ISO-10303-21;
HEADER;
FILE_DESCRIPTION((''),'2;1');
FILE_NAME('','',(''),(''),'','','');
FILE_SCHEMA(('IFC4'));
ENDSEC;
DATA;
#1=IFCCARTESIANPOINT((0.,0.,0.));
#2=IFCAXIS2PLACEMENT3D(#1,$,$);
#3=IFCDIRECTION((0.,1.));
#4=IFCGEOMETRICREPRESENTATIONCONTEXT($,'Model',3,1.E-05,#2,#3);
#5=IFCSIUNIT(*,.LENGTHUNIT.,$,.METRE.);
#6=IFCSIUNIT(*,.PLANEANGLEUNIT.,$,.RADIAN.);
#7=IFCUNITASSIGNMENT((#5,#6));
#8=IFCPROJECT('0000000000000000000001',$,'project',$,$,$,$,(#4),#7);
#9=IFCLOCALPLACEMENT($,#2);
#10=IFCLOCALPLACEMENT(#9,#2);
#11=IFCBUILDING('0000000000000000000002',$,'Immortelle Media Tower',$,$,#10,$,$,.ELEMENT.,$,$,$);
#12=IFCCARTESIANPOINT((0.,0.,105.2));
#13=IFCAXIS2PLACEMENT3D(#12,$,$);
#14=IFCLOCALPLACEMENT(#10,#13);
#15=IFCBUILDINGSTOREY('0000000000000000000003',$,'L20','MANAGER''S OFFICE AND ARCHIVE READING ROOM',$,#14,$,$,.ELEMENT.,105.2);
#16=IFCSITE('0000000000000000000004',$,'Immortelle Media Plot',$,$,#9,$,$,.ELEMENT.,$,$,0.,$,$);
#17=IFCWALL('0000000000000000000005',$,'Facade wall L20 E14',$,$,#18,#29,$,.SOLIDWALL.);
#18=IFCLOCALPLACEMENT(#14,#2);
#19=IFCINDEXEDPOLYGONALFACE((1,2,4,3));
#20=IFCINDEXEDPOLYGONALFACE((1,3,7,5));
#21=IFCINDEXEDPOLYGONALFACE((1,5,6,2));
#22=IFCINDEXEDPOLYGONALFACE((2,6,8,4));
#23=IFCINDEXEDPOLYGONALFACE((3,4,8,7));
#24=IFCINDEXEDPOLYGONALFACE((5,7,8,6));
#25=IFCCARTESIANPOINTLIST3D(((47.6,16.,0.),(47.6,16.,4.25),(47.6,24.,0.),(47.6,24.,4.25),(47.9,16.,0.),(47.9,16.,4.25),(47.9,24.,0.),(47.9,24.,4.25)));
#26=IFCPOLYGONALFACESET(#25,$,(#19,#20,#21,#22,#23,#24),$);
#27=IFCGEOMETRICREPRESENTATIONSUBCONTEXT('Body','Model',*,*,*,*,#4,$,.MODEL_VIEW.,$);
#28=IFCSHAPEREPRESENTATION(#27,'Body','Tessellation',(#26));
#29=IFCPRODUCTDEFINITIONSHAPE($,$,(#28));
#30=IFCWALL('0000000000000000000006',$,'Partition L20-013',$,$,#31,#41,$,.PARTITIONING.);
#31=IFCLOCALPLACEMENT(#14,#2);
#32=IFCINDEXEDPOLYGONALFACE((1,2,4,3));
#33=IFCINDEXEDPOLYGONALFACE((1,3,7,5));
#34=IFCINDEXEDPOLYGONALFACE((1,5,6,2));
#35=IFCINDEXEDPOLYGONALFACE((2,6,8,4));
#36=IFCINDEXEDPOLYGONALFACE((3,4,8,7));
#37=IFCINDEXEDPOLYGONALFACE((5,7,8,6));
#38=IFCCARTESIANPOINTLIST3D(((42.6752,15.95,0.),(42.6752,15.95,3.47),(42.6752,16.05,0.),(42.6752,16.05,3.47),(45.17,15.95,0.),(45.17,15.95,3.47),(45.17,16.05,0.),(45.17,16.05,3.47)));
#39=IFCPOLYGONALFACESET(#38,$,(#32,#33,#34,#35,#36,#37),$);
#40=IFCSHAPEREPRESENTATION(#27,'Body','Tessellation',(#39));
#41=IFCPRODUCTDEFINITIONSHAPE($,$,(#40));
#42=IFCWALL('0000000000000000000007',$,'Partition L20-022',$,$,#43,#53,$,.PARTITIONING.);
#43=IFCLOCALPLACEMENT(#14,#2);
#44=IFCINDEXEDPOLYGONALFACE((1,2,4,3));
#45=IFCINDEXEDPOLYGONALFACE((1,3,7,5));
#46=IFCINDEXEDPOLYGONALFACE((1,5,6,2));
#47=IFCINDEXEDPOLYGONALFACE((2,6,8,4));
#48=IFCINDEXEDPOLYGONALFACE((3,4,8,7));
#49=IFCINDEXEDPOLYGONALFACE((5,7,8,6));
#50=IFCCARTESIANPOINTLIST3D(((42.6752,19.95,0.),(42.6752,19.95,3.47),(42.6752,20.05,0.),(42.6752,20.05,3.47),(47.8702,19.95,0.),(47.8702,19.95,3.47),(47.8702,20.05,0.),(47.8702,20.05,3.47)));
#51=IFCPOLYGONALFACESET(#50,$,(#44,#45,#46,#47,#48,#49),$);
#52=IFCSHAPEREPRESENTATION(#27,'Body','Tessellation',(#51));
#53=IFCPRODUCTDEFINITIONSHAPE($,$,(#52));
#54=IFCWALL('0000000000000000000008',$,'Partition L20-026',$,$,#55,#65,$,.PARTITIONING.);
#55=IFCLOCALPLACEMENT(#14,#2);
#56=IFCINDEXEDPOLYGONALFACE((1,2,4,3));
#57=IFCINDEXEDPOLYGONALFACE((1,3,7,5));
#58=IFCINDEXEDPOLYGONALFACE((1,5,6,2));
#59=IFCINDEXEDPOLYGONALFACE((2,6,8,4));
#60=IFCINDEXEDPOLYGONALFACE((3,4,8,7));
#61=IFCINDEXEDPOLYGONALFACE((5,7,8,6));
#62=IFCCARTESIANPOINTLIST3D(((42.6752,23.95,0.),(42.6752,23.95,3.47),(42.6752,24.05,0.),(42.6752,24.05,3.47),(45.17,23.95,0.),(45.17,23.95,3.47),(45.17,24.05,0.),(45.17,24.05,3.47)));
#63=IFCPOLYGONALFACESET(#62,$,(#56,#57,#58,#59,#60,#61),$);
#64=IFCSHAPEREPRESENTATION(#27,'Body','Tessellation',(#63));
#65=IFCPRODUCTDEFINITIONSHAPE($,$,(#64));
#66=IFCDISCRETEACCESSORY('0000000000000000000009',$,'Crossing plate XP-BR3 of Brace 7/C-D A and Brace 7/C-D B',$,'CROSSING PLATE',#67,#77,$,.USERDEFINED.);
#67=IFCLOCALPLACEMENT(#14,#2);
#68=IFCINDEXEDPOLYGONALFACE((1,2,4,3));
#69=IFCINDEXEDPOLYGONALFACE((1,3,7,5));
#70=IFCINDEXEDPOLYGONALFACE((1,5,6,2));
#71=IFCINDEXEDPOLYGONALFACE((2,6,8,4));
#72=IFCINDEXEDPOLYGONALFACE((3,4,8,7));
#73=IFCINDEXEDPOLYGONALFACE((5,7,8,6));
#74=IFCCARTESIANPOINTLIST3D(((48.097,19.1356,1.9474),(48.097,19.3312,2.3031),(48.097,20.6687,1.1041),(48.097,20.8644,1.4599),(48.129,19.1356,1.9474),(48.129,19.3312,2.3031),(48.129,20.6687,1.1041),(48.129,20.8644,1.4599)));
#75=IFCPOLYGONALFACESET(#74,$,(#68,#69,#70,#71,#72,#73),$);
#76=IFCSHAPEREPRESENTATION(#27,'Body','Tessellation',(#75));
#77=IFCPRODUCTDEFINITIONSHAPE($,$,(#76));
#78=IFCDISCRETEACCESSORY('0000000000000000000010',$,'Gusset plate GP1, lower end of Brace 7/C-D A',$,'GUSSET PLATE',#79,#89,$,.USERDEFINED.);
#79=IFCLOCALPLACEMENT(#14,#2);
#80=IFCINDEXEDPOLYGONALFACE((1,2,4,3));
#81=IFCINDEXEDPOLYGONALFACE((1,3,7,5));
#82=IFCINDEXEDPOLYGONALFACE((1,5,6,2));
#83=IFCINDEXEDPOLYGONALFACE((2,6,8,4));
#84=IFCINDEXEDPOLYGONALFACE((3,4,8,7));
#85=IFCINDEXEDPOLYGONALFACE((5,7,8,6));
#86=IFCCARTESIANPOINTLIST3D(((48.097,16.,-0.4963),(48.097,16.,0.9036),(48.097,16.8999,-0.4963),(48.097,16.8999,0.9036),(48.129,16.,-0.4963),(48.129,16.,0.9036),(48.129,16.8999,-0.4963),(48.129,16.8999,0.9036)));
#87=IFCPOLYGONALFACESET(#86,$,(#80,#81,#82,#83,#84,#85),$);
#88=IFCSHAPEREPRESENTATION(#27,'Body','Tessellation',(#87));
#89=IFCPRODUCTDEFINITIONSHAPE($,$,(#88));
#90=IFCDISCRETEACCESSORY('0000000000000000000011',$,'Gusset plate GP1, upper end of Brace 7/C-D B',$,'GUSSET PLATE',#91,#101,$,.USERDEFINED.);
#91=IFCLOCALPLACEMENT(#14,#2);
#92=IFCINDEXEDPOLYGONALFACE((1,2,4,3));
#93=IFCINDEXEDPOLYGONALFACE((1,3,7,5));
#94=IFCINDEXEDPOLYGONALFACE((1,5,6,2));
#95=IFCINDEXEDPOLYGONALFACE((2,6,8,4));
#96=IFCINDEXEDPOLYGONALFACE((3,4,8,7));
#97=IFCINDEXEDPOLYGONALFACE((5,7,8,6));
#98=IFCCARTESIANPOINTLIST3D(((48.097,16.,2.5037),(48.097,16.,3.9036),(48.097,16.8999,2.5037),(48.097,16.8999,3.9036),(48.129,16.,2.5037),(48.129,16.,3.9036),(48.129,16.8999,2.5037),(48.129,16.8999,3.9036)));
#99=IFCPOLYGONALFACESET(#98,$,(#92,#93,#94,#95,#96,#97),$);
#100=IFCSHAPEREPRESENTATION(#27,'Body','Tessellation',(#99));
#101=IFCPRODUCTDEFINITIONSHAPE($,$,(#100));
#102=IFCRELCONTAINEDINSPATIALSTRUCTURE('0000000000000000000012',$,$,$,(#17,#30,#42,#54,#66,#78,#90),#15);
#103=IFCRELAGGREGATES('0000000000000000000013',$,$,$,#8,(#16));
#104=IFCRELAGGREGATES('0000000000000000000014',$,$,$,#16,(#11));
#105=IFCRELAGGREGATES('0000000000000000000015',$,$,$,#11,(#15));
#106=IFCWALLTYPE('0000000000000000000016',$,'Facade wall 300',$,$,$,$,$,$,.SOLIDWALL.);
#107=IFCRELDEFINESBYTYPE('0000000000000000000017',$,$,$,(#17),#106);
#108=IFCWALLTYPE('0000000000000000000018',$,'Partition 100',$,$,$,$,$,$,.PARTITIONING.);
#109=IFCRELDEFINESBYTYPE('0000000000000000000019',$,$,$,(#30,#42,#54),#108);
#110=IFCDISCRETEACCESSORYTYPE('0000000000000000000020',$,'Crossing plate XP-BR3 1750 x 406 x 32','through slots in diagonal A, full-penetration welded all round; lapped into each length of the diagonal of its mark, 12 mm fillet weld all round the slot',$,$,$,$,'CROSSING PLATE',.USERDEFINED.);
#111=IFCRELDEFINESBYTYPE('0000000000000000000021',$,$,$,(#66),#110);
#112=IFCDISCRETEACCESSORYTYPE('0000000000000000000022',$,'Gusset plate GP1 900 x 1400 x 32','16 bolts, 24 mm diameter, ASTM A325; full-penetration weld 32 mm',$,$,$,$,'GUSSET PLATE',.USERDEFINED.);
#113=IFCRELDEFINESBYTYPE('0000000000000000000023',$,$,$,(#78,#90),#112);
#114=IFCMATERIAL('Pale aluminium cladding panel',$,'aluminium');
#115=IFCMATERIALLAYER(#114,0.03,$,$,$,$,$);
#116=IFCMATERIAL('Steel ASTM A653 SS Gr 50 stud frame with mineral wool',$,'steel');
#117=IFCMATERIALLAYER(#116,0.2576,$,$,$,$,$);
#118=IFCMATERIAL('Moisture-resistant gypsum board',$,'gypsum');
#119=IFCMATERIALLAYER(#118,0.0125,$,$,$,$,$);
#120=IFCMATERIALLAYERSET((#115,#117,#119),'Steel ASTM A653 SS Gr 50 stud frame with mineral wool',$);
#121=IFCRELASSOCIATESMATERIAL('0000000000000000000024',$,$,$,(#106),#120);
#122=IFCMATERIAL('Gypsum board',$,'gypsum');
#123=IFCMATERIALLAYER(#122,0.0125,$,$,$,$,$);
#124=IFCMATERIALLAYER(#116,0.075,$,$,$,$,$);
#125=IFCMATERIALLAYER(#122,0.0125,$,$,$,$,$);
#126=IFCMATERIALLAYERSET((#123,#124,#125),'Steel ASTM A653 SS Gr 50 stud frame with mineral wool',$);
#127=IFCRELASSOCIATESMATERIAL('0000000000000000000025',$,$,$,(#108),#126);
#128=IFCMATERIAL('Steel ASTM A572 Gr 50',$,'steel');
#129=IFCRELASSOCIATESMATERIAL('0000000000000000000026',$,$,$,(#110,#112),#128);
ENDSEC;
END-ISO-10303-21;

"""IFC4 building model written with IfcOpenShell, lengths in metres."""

from ifc_helpers import new_model, si_unit, direction, frame, frame_2d, origin, origin_2d, place, context, subcontext, project, spatial, rectangle, extrude, material, layer, layer_set, material_profile, profile_set, type_object, element, save


model = new_model("IFC4")

# Units and contexts
model_context = context("Model", 3, precision=1e-05, world=origin(), true_north=direction((0.0, 1.0)))
body_context = subcontext(model_context, "Body", "Model", "MODEL_VIEW")
ifc_project = project(units=[si_unit("LENGTHUNIT", "METRE"), si_unit("PLANEANGLEUNIT", "RADIAN")], contexts=[model_context])

# Site, building, storey
site_placement = place(None, origin())
site = spatial("IfcSite", under=ifc_project, at=site_placement, Name="Immortelle Media Plot", CompositionType="ELEMENT", RefElevation=0.0)
building_placement = place(site_placement, origin())
building = spatial("IfcBuilding", under=site, at=building_placement, Name="Immortelle Media Tower", CompositionType="ELEMENT")
storey_placement = place(building_placement, frame((0.0, 0.0, 105.2)))
storey = spatial("IfcBuildingStorey", under=building, at=storey_placement, Name="L20", Description="MANAGER'S OFFICE AND ARCHIVE READING ROOM", CompositionType="ELEMENT", Elevation=105.2)

# Shared definitions
ifc_material_1 = material(Name="Steel ASTM A653 SS Gr 50 stud frame with mineral wool", Category="steel")

# Walls
ifc_material_2 = material(Name="Pale aluminium cladding panel", Category="aluminium")
ifc_layer_1 = layer(ifc_material_2, 0.03)
ifc_layer_2 = layer(ifc_material_1, 0.2576)
ifc_material_3 = material(Name="Moisture-resistant gypsum board", Category="gypsum")
ifc_layer_3 = layer(ifc_material_3, 0.0125)
ifc_layer_set_1 = layer_set([ifc_layer_1, ifc_layer_2, ifc_layer_3], Name="Steel ASTM A653 SS Gr 50 stud frame with mineral wool")
wall_type_1 = type_object("IfcWallType", Name="Facade wall 300", PredefinedType="SOLIDWALL", material=ifc_layer_set_1)
wall_1_placement = place(storey_placement, frame((47.75, 16.0, 0.0), z_axis=(0.0, 0.0, 1.0), x_axis=(0.0, 1.0, 0.0)))
element("IfcWall", 1, at=wall_1_placement, inside=storey, type_object=wall_type_1, Name="Facade wall L20 E14", PredefinedType="SOLIDWALL", context=body_context, shape_type="SweptSolid", body=[
    extrude(rectangle(XDim=8.0, YDim=0.3, at=frame_2d((4.0, 0.0))), origin(), (0.0, 0.0, 1.0), 4.25),
])
ifc_material_4 = material(Name="Gypsum board", Category="gypsum")
ifc_layer_4 = layer(ifc_material_4, 0.0125)
ifc_layer_5 = layer(ifc_material_1, 0.075)
ifc_layer_6 = layer(ifc_material_4, 0.0125)
ifc_layer_set_2 = layer_set([ifc_layer_4, ifc_layer_5, ifc_layer_6], Name="Steel ASTM A653 SS Gr 50 stud frame with mineral wool")
wall_type_2 = type_object("IfcWallType", Name="Partition 100", PredefinedType="PARTITIONING", material=ifc_layer_set_2)
wall_2_placement = place(storey_placement, frame((42.675, 16.0, 0.0), z_axis=(0.0, 0.0, 1.0), x_axis=(1.0, 0.0, 0.0)))
element("IfcWall", 2, at=wall_2_placement, inside=storey, type_object=wall_type_2, Name="Partition L20-013", PredefinedType="PARTITIONING", context=body_context, shape_type="SweptSolid", body=[
    extrude(rectangle(XDim=2.4949, YDim=0.1001, at=frame_2d((1.2476, 0.0))), origin(), (0.0, 0.0, 1.0), 3.47),
])
wall_3_placement = place(storey_placement, frame((42.675, 20.0, 0.0), z_axis=(0.0, 0.0, 1.0), x_axis=(1.0, 0.0, 0.0)))
element("IfcWall", 3, at=wall_3_placement, inside=storey, type_object=wall_type_2, Name="Partition L20-022", PredefinedType="PARTITIONING", context=body_context, shape_type="SweptSolid", body=[
    extrude(rectangle(XDim=5.1951, YDim=0.1001, at=frame_2d((2.5977, 0.0))), origin(), (0.0, 0.0, 1.0), 3.47),
])
wall_4_placement = place(storey_placement, frame((42.675, 24.0, 0.0), z_axis=(0.0, 0.0, 1.0), x_axis=(1.0, 0.0, 0.0)))
element("IfcWall", 4, at=wall_4_placement, inside=storey, type_object=wall_type_2, Name="Partition L20-026", PredefinedType="PARTITIONING", context=body_context, shape_type="SweptSolid", body=[
    extrude(rectangle(XDim=2.4949, YDim=0.1001, at=frame_2d((1.2476, 0.0))), origin(), (0.0, 0.0, 1.0), 3.47),
])

# Discrete accessories
ifc_material_5 = material(Name="Steel ASTM A572 Gr 50", Category="steel")
ifc_material_profile_1 = material_profile(ifc_material_5, rectangle(XDim=0.032, YDim=0.406, at=origin_2d()), Name="PL 32 x 406")
ifc_profile_set_1 = profile_set([ifc_material_profile_1], Name="Steel ASTM A572 Gr 50")
discrete_accessory_type_1 = type_object("IfcDiscreteAccessoryType", Name="Crossing plate XP-BR3 1750 x 406 x 32", Description="through slots in diagonal A, full-penetration welded all round; lapped into each length of the diagonal of its mark, 12 mm fillet weld all round the slot", ElementType="CROSSING PLATE", PredefinedType="USERDEFINED", material=ifc_profile_set_1)
discrete_accessory_placement = place(storey_placement, frame((48.113, 19.2334, 2.1252), z_axis=(0.0, 0.876216, -0.481919), x_axis=(-1.0, 0.0, 0.0)))
element("IfcDiscreteAccessory", 5, at=discrete_accessory_placement, inside=storey, type_object=discrete_accessory_type_1, Name="Crossing plate XP-BR3 of Brace 7/C-D A and Brace 7/C-D B", ObjectType="CROSSING PLATE", PredefinedType="USERDEFINED", context=body_context, shape_type="SweptSolid", body=[
    extrude(rectangle(XDim=0.032, YDim=0.406, at=origin_2d()), origin(), (0.0, 0.0, 1.0), 1.7498),
])
ifc_material_profile_2 = material_profile(ifc_material_5, rectangle(XDim=0.032, YDim=1.3999, at=origin_2d()), Name="PL 32 x 1400")
ifc_profile_set_2 = profile_set([ifc_material_profile_2], Name="Steel ASTM A572 Gr 50")
discrete_accessory_type_2 = type_object("IfcDiscreteAccessoryType", Name="Gusset plate GP1 900 x 1400 x 32", Description="16 bolts, 24 mm diameter, ASTM A325; full-penetration weld 32 mm", ElementType="GUSSET PLATE", PredefinedType="USERDEFINED", material=ifc_profile_set_2)
for number, where, z_axis, x_axis, name in (
    (6, (48.113, 16.0, 0.2036), (0.0, 1.0, 0.0), (-1.0, 0.0, 0.0), "Gusset plate GP1, lower end of Brace 7/C-D A"),
    (7, (48.113, 16.0, 3.2036), (0.0, 1.0, 0.0), (-1.0, 0.0, 0.0), "Gusset plate GP1, upper end of Brace 7/C-D B"),
):
    element("IfcDiscreteAccessory", number, at=place(storey_placement, frame(where, z_axis=z_axis, x_axis=x_axis)), inside=storey, type_object=discrete_accessory_type_2, Name=name, ObjectType="GUSSET PLATE", PredefinedType="USERDEFINED", context=body_context, shape_type="SweptSolid", body=[
        extrude(rectangle(XDim=0.032, YDim=1.3999, at=origin_2d()), origin(), (0.0, 0.0, 1.0), 0.8999),
    ])

save(model, "model.ifc")
